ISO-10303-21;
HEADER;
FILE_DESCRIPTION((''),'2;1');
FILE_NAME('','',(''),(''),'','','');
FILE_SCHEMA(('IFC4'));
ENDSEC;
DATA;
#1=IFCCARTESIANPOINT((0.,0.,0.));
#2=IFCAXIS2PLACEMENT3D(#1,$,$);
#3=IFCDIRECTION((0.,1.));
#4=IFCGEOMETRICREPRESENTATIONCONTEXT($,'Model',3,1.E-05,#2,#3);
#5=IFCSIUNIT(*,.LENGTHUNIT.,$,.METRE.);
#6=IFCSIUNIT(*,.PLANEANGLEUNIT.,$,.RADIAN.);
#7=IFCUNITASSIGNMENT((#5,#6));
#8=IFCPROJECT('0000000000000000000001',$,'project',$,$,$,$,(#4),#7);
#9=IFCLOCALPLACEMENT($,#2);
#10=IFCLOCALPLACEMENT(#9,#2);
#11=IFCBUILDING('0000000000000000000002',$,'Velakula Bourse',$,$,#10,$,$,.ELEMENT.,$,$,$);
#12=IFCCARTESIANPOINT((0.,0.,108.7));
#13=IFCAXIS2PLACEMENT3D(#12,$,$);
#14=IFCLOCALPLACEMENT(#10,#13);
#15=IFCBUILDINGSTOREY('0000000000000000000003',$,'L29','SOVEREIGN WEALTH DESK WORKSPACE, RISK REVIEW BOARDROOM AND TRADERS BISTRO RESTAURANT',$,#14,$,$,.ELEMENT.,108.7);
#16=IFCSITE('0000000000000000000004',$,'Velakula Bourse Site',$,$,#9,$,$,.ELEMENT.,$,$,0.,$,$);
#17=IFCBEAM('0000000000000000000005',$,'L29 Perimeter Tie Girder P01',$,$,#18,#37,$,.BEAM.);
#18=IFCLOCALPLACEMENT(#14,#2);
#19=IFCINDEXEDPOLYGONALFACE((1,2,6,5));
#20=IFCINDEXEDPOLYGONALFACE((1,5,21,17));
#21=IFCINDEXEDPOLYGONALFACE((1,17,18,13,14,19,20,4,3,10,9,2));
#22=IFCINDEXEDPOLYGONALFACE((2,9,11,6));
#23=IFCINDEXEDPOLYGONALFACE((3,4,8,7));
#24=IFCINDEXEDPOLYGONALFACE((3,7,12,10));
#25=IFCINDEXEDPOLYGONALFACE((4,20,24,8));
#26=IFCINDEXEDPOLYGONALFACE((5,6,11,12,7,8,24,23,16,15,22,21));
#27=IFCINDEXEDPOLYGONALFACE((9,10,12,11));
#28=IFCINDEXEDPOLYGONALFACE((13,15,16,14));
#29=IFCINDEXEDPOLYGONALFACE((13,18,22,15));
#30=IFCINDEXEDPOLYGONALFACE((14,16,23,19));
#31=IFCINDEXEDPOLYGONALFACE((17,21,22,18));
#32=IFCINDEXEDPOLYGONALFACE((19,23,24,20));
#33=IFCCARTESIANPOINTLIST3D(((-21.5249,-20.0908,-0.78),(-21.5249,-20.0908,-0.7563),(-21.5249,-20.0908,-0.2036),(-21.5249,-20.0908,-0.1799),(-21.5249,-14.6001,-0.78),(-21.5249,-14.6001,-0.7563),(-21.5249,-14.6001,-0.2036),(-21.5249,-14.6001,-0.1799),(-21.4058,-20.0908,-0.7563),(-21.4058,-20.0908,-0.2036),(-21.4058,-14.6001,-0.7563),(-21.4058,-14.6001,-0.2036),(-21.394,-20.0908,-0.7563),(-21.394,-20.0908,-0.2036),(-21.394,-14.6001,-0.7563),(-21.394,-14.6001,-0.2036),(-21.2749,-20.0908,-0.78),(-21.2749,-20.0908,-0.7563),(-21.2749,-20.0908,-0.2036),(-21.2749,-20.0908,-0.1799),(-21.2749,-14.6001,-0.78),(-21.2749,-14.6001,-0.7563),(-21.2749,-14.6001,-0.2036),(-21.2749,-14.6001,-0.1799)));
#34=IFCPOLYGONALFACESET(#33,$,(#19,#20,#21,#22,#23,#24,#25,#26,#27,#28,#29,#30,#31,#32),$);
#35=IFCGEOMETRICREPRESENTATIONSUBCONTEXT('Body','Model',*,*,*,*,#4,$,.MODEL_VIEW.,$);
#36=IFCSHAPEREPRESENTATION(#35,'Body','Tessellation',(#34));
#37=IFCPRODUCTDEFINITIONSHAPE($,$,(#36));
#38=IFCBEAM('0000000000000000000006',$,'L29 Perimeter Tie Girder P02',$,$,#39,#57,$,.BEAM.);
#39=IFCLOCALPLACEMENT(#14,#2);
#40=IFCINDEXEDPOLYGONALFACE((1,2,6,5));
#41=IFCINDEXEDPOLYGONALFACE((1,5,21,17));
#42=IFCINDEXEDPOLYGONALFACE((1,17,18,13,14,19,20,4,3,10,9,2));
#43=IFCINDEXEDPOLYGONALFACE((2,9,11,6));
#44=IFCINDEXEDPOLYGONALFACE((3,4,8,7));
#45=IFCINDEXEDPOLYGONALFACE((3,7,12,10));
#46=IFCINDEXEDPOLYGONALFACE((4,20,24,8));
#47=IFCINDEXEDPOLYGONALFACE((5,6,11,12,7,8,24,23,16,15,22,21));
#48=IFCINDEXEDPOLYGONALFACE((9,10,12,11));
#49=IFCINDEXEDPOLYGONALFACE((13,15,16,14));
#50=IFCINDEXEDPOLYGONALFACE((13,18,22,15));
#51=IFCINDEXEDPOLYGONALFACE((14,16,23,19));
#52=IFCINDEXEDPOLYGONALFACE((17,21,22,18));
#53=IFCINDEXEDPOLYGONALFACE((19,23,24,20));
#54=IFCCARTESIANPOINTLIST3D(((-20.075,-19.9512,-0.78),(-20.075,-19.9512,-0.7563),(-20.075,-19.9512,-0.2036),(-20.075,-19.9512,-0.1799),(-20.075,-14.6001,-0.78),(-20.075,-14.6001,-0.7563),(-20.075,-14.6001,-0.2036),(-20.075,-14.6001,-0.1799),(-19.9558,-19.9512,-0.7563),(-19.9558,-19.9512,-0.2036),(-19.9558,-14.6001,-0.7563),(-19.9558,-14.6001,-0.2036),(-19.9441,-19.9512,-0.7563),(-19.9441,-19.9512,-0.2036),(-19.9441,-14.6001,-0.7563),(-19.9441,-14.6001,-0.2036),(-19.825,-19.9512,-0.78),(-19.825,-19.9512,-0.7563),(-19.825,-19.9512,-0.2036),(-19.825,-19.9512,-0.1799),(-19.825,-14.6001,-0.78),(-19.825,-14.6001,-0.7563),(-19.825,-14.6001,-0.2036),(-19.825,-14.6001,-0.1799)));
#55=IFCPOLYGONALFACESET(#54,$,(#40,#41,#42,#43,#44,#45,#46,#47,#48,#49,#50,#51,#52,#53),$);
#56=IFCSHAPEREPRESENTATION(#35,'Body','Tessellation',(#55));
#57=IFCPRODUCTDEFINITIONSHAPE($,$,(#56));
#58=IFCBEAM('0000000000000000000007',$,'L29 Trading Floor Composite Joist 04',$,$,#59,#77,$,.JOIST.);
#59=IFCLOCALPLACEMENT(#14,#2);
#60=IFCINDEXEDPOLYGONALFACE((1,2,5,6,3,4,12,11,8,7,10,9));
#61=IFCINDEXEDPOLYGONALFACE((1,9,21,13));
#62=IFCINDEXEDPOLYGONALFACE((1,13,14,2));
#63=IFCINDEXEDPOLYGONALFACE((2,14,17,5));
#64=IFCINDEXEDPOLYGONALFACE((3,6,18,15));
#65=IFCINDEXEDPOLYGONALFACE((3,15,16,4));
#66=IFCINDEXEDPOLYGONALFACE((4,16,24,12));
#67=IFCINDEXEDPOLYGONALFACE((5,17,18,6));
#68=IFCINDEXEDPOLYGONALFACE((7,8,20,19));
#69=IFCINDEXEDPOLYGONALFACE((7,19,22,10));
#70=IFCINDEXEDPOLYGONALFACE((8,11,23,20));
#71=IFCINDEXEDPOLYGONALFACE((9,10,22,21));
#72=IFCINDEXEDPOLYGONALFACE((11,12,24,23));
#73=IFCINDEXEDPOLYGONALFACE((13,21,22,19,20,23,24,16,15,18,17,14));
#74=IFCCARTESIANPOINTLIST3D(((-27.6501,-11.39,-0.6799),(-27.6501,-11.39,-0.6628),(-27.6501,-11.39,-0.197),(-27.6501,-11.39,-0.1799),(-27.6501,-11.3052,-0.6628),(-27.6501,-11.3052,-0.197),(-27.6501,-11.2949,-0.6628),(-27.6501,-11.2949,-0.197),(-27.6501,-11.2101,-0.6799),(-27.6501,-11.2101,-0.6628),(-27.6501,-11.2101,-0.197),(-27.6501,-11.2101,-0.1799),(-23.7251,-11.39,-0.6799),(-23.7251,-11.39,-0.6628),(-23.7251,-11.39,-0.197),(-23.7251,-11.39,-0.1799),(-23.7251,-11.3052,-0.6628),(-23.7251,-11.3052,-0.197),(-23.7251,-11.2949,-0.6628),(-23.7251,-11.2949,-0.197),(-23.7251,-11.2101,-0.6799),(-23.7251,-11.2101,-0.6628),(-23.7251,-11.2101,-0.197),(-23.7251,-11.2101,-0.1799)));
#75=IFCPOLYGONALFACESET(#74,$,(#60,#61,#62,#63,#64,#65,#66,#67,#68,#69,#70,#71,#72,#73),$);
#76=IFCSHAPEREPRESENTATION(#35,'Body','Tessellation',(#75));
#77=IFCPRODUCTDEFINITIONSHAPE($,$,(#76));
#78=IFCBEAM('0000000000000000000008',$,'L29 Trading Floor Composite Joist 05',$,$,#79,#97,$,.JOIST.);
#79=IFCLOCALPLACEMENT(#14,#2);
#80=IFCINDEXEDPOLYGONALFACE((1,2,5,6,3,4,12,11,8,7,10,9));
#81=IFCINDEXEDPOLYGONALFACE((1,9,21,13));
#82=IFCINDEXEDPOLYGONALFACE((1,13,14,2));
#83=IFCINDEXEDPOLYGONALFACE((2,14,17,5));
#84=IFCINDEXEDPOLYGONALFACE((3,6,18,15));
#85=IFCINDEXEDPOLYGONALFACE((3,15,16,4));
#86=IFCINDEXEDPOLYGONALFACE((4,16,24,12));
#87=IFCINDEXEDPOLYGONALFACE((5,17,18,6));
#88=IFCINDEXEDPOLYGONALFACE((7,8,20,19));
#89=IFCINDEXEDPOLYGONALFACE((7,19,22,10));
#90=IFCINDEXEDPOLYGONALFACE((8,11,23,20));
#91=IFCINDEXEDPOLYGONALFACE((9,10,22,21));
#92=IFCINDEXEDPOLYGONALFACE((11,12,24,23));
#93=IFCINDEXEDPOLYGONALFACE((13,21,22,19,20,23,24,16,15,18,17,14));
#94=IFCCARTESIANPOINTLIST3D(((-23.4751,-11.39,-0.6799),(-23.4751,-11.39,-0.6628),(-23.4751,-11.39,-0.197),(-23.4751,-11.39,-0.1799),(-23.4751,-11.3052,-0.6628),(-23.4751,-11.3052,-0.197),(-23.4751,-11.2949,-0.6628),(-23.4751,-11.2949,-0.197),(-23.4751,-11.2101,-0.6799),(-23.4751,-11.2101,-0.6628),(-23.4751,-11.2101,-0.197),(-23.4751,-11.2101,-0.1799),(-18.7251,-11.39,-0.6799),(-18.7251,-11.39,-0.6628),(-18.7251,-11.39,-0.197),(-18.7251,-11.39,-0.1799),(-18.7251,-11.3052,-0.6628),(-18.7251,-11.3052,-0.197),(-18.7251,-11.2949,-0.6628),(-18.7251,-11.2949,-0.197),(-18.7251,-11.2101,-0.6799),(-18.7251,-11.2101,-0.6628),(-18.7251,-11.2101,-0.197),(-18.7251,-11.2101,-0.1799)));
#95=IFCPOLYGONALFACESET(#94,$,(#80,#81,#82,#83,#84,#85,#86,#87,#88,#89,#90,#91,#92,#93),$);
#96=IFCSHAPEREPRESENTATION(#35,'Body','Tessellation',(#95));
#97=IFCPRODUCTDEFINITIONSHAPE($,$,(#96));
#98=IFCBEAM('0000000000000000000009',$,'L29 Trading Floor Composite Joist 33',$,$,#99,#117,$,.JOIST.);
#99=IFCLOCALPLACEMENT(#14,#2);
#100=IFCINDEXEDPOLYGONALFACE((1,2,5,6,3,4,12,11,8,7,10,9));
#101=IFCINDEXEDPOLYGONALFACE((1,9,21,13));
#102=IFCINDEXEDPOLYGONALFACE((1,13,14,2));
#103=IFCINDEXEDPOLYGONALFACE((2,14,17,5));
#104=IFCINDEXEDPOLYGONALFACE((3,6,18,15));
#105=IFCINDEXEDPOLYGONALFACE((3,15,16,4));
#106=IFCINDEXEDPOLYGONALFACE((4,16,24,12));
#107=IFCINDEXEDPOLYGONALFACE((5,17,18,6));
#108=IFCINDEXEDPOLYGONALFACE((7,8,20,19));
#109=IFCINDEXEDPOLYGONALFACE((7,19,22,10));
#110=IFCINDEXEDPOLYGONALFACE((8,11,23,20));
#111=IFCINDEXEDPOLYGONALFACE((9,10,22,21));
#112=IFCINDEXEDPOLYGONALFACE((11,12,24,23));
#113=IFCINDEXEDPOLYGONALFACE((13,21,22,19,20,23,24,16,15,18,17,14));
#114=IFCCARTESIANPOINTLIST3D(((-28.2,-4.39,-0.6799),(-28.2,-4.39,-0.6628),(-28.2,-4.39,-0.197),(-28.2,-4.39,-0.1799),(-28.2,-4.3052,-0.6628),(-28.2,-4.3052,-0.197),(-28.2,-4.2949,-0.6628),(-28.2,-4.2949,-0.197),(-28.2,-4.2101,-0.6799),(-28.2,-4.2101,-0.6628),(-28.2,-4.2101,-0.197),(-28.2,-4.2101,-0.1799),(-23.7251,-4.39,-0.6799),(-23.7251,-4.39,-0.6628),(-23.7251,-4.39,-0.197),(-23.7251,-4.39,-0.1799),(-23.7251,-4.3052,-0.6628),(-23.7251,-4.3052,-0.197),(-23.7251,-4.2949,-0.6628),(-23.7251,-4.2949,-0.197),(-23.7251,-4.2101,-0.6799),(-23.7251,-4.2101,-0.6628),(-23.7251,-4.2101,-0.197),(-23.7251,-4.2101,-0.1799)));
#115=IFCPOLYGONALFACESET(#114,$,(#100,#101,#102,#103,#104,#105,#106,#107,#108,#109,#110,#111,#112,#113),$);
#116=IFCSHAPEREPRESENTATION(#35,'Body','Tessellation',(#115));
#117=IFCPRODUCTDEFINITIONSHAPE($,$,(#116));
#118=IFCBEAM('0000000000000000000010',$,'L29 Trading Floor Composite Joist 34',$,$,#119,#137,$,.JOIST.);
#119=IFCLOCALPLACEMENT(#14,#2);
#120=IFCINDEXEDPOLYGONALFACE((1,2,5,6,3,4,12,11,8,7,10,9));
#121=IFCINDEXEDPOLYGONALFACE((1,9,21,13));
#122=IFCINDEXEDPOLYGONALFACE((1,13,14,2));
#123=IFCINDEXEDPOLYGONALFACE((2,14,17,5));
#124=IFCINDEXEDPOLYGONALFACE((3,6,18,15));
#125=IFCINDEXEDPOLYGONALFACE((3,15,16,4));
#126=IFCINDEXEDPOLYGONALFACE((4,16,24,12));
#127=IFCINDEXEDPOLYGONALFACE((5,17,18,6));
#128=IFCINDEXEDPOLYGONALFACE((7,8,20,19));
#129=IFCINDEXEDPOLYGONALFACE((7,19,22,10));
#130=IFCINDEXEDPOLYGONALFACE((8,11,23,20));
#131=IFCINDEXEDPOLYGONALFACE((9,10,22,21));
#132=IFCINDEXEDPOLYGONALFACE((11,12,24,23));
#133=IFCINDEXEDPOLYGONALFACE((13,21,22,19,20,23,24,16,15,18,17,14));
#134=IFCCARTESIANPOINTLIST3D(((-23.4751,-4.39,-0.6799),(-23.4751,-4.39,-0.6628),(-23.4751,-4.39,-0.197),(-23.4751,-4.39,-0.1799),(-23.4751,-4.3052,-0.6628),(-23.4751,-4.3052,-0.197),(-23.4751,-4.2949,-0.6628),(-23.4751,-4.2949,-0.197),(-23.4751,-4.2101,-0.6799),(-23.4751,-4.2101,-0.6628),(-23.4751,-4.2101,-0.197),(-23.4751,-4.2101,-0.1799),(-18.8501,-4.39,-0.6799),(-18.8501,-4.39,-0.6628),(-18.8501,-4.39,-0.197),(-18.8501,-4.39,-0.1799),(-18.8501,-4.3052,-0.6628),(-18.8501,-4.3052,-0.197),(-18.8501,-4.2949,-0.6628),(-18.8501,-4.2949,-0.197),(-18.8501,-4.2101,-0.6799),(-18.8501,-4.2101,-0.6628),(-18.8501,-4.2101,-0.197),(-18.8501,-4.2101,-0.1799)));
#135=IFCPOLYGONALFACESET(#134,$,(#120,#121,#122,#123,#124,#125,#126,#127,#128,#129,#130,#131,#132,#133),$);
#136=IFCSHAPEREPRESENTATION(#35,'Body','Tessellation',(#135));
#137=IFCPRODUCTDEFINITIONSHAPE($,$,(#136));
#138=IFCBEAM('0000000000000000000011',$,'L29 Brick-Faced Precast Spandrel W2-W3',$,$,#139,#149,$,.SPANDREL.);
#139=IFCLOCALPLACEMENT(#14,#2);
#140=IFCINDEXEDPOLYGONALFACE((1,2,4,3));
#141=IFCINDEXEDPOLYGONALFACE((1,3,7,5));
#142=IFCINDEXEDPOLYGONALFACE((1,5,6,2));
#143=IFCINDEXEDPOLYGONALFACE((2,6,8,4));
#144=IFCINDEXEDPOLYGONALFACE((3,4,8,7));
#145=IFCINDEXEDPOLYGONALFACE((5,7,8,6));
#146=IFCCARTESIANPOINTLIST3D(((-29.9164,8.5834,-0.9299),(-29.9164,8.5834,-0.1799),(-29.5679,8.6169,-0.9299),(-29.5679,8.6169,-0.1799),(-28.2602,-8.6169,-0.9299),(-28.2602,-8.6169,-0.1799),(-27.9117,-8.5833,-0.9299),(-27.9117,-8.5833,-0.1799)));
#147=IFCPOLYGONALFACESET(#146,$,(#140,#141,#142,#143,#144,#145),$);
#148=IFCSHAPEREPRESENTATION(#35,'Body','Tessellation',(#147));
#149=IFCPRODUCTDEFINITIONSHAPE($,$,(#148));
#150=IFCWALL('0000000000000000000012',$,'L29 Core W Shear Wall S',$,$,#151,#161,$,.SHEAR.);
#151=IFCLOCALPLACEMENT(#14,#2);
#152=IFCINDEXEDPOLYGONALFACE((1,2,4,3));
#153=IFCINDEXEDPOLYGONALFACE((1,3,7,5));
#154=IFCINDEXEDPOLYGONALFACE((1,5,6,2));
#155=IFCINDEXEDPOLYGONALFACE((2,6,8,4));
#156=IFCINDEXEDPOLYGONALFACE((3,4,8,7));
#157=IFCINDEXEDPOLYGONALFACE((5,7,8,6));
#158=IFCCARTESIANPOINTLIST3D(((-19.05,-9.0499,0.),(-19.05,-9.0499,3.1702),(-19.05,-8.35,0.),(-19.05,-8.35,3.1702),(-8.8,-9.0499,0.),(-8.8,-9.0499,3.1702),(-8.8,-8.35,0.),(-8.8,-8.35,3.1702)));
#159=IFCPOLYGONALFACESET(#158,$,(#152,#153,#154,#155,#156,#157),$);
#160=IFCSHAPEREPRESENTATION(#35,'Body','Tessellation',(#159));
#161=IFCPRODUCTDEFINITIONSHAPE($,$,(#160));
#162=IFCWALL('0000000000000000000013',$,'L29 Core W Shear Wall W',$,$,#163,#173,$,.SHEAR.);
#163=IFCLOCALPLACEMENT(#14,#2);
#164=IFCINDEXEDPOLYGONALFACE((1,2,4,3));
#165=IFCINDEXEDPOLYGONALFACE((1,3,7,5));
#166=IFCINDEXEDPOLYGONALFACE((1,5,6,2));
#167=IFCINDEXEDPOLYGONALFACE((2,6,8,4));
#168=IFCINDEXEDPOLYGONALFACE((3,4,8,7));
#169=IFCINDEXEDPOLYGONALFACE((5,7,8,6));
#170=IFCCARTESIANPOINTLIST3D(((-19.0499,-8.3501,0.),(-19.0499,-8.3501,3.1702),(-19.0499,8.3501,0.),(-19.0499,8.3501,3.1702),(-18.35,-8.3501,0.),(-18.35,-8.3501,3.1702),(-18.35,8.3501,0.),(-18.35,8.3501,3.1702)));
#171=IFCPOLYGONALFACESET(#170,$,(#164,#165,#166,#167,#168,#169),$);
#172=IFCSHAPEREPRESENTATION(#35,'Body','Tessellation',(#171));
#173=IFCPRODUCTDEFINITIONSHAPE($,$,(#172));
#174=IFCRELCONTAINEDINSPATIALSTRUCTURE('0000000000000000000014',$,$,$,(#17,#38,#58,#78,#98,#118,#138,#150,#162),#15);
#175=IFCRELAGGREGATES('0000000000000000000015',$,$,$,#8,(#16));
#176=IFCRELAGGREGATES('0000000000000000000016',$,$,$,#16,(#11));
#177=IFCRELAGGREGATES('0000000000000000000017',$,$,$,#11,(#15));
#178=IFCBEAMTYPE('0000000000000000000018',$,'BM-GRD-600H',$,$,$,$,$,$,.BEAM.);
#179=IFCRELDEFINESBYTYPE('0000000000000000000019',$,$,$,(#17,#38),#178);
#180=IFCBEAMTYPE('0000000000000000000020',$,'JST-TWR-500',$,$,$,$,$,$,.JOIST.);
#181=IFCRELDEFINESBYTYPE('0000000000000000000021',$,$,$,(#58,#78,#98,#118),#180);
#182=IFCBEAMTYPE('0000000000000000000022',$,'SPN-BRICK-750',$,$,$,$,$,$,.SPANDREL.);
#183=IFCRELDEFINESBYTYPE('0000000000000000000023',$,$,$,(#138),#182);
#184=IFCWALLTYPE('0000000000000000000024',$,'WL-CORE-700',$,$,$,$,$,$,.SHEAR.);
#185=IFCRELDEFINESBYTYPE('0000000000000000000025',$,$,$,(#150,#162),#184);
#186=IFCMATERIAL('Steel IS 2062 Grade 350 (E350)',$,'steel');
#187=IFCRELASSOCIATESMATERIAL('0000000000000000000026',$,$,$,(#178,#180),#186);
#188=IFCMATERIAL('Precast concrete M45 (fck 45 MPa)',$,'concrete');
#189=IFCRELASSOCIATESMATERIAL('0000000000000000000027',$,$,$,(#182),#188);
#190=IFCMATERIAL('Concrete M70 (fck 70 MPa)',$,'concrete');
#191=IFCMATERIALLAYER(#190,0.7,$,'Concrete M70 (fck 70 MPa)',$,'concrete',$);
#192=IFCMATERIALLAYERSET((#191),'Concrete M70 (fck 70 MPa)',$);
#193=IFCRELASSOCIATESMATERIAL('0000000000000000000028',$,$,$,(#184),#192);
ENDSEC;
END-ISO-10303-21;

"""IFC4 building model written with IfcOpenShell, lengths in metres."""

from ifc_helpers import new_model, si_unit, direction, frame, frame_2d, origin, origin_2d, place, context, subcontext, project, spatial, rectangle, i_section, extrude, material, layer, layer_set, material_profile, profile_set, type_object, element, save


model = new_model("IFC4")

# Units and contexts
model_context = context("Model", 3, precision=1e-05, world=origin(), true_north=direction((0.0, 1.0)))
body_context = subcontext(model_context, "Body", "Model", "MODEL_VIEW")
ifc_project = project(units=[si_unit("LENGTHUNIT", "METRE"), si_unit("PLANEANGLEUNIT", "RADIAN")], contexts=[model_context])

# Site, building, storey
site_placement = place(None, origin())
site = spatial("IfcSite", under=ifc_project, at=site_placement, Name="Velakula Bourse Site", CompositionType="ELEMENT", RefElevation=0.0)
building_placement = place(site_placement, origin())
building = spatial("IfcBuilding", under=site, at=building_placement, Name="Velakula Bourse", CompositionType="ELEMENT")
storey_placement = place(building_placement, frame((0.0, 0.0, 108.7)))
storey = spatial("IfcBuildingStorey", under=building, at=storey_placement, Name="L29", Description="SOVEREIGN WEALTH DESK WORKSPACE, RISK REVIEW BOARDROOM AND TRADERS BISTRO RESTAURANT", CompositionType="ELEMENT", Elevation=108.7)

# Beams
ifc_material_1 = material(Name="Steel IS 2062 Grade 350 (E350)", Category="steel")
ifc_material_profile_1 = material_profile(ifc_material_1, i_section(OverallWidth=0.25, OverallDepth=0.6001, WebThickness=0.0117, FlangeThickness=0.0237, at=origin_2d()), Name="Steel IS 2062 Grade 350 (E350)")
ifc_profile_set_1 = profile_set([ifc_material_profile_1], Name="Steel IS 2062 Grade 350 (E350)")
beam_type_1 = type_object("IfcBeamType", Name="BM-GRD-600H", PredefinedType="BEAM", material=ifc_profile_set_1)
beam_1_placement = place(storey_placement, frame((-21.3999, -14.6001, -0.48), z_axis=(0.0, -1.0, 0.0), x_axis=(1.0, 0.0, 0.0)))
element("IfcBeam", 1, at=beam_1_placement, inside=storey, type_object=beam_type_1, Name="L29 Perimeter Tie Girder P01", PredefinedType="BEAM", context=body_context, shape_type="SweptSolid", body=[
    extrude(i_section(OverallWidth=0.25, OverallDepth=0.6001, WebThickness=0.0117, FlangeThickness=0.0237, at=origin_2d()), origin(), (0.0, 0.0, 1.0), 5.4907),
])
beam_2_placement = place(storey_placement, frame((-19.95, -14.6001, -0.48), z_axis=(0.0, -1.0, 0.0), x_axis=(1.0, 0.0, 0.0)))
element("IfcBeam", 2, at=beam_2_placement, inside=storey, type_object=beam_type_1, Name="L29 Perimeter Tie Girder P02", PredefinedType="BEAM", context=body_context, shape_type="SweptSolid", body=[
    extrude(i_section(OverallWidth=0.25, OverallDepth=0.6001, WebThickness=0.0117, FlangeThickness=0.0237, at=origin_2d()), origin(), (0.0, 0.0, 1.0), 5.3511),
])
ifc_material_profile_2 = material_profile(ifc_material_1, i_section(OverallWidth=0.1799, OverallDepth=0.5, WebThickness=0.0103, FlangeThickness=0.0171, at=origin_2d()), Name="Steel IS 2062 Grade 350 (E350)")
ifc_profile_set_2 = profile_set([ifc_material_profile_2], Name="Steel IS 2062 Grade 350 (E350)")
beam_type_2 = type_object("IfcBeamType", Name="JST-TWR-500", PredefinedType="JOIST", material=ifc_profile_set_2)
beam_3_placement = place(storey_placement, frame((-27.6501, -11.3, -0.4299), z_axis=(1.0, 0.0, 0.0), x_axis=(0.0, 1.0, 0.0)))
element("IfcBeam", 3, at=beam_3_placement, inside=storey, type_object=beam_type_2, Name="L29 Trading Floor Composite Joist 04", PredefinedType="JOIST", context=body_context, shape_type="SweptSolid", body=[
    extrude(i_section(OverallWidth=0.1799, OverallDepth=0.5, WebThickness=0.0103, FlangeThickness=0.0171, at=origin_2d()), origin(), (0.0, 0.0, 1.0), 3.925),
])
beam_4_placement = place(storey_placement, frame((-23.4751, -11.3, -0.4299), z_axis=(1.0, 0.0, 0.0), x_axis=(0.0, 1.0, 0.0)))
element("IfcBeam", 4, at=beam_4_placement, inside=storey, type_object=beam_type_2, Name="L29 Trading Floor Composite Joist 05", PredefinedType="JOIST", context=body_context, shape_type="SweptSolid", body=[
    extrude(i_section(OverallWidth=0.1799, OverallDepth=0.5, WebThickness=0.0103, FlangeThickness=0.0171, at=origin_2d()), origin(), (0.0, 0.0, 1.0), 4.75),
])
beam_5_placement = place(storey_placement, frame((-28.2, -4.3, -0.4299), z_axis=(1.0, 0.0, 0.0), x_axis=(0.0, 1.0, 0.0)))
element("IfcBeam", 5, at=beam_5_placement, inside=storey, type_object=beam_type_2, Name="L29 Trading Floor Composite Joist 33", PredefinedType="JOIST", context=body_context, shape_type="SweptSolid", body=[
    extrude(i_section(OverallWidth=0.1799, OverallDepth=0.5, WebThickness=0.0103, FlangeThickness=0.0171, at=origin_2d()), origin(), (0.0, 0.0, 1.0), 4.4749),
])
beam_6_placement = place(storey_placement, frame((-23.4751, -4.3, -0.4299), z_axis=(1.0, 0.0, 0.0), x_axis=(0.0, 1.0, 0.0)))
element("IfcBeam", 6, at=beam_6_placement, inside=storey, type_object=beam_type_2, Name="L29 Trading Floor Composite Joist 34", PredefinedType="JOIST", context=body_context, shape_type="SweptSolid", body=[
    extrude(i_section(OverallWidth=0.1799, OverallDepth=0.5, WebThickness=0.0103, FlangeThickness=0.0171, at=origin_2d()), origin(), (0.0, 0.0, 1.0), 4.625),
])
ifc_material_2 = material(Name="Precast concrete M45 (fck 45 MPa)", Category="concrete")
ifc_material_profile_3 = material_profile(ifc_material_2, rectangle(XDim=0.3501, YDim=0.75, at=origin_2d()), Name="Precast concrete M45 (fck 45 MPa)")
ifc_profile_set_3 = profile_set([ifc_material_profile_3], Name="Precast concrete M45 (fck 45 MPa)")
beam_type_3 = type_object("IfcBeamType", Name="SPN-BRICK-750", PredefinedType="SPANDREL", material=ifc_profile_set_3)
beam_7_placement = place(storey_placement, frame((-28.0859, -8.6001, -0.5549), z_axis=(-0.095849, 0.995396, 0.0), x_axis=(-0.995396, -0.095849, 0.0)))
element("IfcBeam", 7, at=beam_7_placement, inside=storey, type_object=beam_type_3, Name="L29 Brick-Faced Precast Spandrel W2-W3", PredefinedType="SPANDREL", context=body_context, shape_type="SweptSolid", body=[
    extrude(rectangle(XDim=0.3501, YDim=0.75, at=origin_2d()), origin(), (0.0, 0.0, 1.0), 17.2798),
])

# Walls
ifc_material_3 = material(Name="Concrete M70 (fck 70 MPa)", Category="concrete")
ifc_layer_1 = layer(ifc_material_3, 0.7, Name="Concrete M70 (fck 70 MPa)", Category="concrete")
ifc_layer_set_1 = layer_set([ifc_layer_1], Name="Concrete M70 (fck 70 MPa)")
wall_type_1 = type_object("IfcWallType", Name="WL-CORE-700", PredefinedType="SHEAR", material=ifc_layer_set_1)
wall_1_placement = place(storey_placement, frame((-19.05, -8.7, 0.0), z_axis=(0.0, 0.0, 1.0), x_axis=(1.0, 0.0, 0.0)))
element("IfcWall", 8, at=wall_1_placement, inside=storey, type_object=wall_type_1, Name="L29 Core W Shear Wall S", PredefinedType="SHEAR", context=body_context, shape_type="SweptSolid", body=[
    extrude(rectangle(XDim=10.25, YDim=0.7, at=frame_2d((5.125, 0.0))), origin(), (0.0, 0.0, 1.0), 3.1702),
])
wall_2_placement = place(storey_placement, frame((-18.7, -8.3501, 0.0), z_axis=(0.0, 0.0, 1.0), x_axis=(0.0, 1.0, 0.0)))
element("IfcWall", 9, at=wall_2_placement, inside=storey, type_object=wall_type_1, Name="L29 Core W Shear Wall W", PredefinedType="SHEAR", context=body_context, shape_type="SweptSolid", body=[
    extrude(rectangle(XDim=16.7002, YDim=0.7, at=frame_2d((8.3501, 0.0))), origin(), (0.0, 0.0, 1.0), 3.1702),
])

save(model, "model.ifc")
